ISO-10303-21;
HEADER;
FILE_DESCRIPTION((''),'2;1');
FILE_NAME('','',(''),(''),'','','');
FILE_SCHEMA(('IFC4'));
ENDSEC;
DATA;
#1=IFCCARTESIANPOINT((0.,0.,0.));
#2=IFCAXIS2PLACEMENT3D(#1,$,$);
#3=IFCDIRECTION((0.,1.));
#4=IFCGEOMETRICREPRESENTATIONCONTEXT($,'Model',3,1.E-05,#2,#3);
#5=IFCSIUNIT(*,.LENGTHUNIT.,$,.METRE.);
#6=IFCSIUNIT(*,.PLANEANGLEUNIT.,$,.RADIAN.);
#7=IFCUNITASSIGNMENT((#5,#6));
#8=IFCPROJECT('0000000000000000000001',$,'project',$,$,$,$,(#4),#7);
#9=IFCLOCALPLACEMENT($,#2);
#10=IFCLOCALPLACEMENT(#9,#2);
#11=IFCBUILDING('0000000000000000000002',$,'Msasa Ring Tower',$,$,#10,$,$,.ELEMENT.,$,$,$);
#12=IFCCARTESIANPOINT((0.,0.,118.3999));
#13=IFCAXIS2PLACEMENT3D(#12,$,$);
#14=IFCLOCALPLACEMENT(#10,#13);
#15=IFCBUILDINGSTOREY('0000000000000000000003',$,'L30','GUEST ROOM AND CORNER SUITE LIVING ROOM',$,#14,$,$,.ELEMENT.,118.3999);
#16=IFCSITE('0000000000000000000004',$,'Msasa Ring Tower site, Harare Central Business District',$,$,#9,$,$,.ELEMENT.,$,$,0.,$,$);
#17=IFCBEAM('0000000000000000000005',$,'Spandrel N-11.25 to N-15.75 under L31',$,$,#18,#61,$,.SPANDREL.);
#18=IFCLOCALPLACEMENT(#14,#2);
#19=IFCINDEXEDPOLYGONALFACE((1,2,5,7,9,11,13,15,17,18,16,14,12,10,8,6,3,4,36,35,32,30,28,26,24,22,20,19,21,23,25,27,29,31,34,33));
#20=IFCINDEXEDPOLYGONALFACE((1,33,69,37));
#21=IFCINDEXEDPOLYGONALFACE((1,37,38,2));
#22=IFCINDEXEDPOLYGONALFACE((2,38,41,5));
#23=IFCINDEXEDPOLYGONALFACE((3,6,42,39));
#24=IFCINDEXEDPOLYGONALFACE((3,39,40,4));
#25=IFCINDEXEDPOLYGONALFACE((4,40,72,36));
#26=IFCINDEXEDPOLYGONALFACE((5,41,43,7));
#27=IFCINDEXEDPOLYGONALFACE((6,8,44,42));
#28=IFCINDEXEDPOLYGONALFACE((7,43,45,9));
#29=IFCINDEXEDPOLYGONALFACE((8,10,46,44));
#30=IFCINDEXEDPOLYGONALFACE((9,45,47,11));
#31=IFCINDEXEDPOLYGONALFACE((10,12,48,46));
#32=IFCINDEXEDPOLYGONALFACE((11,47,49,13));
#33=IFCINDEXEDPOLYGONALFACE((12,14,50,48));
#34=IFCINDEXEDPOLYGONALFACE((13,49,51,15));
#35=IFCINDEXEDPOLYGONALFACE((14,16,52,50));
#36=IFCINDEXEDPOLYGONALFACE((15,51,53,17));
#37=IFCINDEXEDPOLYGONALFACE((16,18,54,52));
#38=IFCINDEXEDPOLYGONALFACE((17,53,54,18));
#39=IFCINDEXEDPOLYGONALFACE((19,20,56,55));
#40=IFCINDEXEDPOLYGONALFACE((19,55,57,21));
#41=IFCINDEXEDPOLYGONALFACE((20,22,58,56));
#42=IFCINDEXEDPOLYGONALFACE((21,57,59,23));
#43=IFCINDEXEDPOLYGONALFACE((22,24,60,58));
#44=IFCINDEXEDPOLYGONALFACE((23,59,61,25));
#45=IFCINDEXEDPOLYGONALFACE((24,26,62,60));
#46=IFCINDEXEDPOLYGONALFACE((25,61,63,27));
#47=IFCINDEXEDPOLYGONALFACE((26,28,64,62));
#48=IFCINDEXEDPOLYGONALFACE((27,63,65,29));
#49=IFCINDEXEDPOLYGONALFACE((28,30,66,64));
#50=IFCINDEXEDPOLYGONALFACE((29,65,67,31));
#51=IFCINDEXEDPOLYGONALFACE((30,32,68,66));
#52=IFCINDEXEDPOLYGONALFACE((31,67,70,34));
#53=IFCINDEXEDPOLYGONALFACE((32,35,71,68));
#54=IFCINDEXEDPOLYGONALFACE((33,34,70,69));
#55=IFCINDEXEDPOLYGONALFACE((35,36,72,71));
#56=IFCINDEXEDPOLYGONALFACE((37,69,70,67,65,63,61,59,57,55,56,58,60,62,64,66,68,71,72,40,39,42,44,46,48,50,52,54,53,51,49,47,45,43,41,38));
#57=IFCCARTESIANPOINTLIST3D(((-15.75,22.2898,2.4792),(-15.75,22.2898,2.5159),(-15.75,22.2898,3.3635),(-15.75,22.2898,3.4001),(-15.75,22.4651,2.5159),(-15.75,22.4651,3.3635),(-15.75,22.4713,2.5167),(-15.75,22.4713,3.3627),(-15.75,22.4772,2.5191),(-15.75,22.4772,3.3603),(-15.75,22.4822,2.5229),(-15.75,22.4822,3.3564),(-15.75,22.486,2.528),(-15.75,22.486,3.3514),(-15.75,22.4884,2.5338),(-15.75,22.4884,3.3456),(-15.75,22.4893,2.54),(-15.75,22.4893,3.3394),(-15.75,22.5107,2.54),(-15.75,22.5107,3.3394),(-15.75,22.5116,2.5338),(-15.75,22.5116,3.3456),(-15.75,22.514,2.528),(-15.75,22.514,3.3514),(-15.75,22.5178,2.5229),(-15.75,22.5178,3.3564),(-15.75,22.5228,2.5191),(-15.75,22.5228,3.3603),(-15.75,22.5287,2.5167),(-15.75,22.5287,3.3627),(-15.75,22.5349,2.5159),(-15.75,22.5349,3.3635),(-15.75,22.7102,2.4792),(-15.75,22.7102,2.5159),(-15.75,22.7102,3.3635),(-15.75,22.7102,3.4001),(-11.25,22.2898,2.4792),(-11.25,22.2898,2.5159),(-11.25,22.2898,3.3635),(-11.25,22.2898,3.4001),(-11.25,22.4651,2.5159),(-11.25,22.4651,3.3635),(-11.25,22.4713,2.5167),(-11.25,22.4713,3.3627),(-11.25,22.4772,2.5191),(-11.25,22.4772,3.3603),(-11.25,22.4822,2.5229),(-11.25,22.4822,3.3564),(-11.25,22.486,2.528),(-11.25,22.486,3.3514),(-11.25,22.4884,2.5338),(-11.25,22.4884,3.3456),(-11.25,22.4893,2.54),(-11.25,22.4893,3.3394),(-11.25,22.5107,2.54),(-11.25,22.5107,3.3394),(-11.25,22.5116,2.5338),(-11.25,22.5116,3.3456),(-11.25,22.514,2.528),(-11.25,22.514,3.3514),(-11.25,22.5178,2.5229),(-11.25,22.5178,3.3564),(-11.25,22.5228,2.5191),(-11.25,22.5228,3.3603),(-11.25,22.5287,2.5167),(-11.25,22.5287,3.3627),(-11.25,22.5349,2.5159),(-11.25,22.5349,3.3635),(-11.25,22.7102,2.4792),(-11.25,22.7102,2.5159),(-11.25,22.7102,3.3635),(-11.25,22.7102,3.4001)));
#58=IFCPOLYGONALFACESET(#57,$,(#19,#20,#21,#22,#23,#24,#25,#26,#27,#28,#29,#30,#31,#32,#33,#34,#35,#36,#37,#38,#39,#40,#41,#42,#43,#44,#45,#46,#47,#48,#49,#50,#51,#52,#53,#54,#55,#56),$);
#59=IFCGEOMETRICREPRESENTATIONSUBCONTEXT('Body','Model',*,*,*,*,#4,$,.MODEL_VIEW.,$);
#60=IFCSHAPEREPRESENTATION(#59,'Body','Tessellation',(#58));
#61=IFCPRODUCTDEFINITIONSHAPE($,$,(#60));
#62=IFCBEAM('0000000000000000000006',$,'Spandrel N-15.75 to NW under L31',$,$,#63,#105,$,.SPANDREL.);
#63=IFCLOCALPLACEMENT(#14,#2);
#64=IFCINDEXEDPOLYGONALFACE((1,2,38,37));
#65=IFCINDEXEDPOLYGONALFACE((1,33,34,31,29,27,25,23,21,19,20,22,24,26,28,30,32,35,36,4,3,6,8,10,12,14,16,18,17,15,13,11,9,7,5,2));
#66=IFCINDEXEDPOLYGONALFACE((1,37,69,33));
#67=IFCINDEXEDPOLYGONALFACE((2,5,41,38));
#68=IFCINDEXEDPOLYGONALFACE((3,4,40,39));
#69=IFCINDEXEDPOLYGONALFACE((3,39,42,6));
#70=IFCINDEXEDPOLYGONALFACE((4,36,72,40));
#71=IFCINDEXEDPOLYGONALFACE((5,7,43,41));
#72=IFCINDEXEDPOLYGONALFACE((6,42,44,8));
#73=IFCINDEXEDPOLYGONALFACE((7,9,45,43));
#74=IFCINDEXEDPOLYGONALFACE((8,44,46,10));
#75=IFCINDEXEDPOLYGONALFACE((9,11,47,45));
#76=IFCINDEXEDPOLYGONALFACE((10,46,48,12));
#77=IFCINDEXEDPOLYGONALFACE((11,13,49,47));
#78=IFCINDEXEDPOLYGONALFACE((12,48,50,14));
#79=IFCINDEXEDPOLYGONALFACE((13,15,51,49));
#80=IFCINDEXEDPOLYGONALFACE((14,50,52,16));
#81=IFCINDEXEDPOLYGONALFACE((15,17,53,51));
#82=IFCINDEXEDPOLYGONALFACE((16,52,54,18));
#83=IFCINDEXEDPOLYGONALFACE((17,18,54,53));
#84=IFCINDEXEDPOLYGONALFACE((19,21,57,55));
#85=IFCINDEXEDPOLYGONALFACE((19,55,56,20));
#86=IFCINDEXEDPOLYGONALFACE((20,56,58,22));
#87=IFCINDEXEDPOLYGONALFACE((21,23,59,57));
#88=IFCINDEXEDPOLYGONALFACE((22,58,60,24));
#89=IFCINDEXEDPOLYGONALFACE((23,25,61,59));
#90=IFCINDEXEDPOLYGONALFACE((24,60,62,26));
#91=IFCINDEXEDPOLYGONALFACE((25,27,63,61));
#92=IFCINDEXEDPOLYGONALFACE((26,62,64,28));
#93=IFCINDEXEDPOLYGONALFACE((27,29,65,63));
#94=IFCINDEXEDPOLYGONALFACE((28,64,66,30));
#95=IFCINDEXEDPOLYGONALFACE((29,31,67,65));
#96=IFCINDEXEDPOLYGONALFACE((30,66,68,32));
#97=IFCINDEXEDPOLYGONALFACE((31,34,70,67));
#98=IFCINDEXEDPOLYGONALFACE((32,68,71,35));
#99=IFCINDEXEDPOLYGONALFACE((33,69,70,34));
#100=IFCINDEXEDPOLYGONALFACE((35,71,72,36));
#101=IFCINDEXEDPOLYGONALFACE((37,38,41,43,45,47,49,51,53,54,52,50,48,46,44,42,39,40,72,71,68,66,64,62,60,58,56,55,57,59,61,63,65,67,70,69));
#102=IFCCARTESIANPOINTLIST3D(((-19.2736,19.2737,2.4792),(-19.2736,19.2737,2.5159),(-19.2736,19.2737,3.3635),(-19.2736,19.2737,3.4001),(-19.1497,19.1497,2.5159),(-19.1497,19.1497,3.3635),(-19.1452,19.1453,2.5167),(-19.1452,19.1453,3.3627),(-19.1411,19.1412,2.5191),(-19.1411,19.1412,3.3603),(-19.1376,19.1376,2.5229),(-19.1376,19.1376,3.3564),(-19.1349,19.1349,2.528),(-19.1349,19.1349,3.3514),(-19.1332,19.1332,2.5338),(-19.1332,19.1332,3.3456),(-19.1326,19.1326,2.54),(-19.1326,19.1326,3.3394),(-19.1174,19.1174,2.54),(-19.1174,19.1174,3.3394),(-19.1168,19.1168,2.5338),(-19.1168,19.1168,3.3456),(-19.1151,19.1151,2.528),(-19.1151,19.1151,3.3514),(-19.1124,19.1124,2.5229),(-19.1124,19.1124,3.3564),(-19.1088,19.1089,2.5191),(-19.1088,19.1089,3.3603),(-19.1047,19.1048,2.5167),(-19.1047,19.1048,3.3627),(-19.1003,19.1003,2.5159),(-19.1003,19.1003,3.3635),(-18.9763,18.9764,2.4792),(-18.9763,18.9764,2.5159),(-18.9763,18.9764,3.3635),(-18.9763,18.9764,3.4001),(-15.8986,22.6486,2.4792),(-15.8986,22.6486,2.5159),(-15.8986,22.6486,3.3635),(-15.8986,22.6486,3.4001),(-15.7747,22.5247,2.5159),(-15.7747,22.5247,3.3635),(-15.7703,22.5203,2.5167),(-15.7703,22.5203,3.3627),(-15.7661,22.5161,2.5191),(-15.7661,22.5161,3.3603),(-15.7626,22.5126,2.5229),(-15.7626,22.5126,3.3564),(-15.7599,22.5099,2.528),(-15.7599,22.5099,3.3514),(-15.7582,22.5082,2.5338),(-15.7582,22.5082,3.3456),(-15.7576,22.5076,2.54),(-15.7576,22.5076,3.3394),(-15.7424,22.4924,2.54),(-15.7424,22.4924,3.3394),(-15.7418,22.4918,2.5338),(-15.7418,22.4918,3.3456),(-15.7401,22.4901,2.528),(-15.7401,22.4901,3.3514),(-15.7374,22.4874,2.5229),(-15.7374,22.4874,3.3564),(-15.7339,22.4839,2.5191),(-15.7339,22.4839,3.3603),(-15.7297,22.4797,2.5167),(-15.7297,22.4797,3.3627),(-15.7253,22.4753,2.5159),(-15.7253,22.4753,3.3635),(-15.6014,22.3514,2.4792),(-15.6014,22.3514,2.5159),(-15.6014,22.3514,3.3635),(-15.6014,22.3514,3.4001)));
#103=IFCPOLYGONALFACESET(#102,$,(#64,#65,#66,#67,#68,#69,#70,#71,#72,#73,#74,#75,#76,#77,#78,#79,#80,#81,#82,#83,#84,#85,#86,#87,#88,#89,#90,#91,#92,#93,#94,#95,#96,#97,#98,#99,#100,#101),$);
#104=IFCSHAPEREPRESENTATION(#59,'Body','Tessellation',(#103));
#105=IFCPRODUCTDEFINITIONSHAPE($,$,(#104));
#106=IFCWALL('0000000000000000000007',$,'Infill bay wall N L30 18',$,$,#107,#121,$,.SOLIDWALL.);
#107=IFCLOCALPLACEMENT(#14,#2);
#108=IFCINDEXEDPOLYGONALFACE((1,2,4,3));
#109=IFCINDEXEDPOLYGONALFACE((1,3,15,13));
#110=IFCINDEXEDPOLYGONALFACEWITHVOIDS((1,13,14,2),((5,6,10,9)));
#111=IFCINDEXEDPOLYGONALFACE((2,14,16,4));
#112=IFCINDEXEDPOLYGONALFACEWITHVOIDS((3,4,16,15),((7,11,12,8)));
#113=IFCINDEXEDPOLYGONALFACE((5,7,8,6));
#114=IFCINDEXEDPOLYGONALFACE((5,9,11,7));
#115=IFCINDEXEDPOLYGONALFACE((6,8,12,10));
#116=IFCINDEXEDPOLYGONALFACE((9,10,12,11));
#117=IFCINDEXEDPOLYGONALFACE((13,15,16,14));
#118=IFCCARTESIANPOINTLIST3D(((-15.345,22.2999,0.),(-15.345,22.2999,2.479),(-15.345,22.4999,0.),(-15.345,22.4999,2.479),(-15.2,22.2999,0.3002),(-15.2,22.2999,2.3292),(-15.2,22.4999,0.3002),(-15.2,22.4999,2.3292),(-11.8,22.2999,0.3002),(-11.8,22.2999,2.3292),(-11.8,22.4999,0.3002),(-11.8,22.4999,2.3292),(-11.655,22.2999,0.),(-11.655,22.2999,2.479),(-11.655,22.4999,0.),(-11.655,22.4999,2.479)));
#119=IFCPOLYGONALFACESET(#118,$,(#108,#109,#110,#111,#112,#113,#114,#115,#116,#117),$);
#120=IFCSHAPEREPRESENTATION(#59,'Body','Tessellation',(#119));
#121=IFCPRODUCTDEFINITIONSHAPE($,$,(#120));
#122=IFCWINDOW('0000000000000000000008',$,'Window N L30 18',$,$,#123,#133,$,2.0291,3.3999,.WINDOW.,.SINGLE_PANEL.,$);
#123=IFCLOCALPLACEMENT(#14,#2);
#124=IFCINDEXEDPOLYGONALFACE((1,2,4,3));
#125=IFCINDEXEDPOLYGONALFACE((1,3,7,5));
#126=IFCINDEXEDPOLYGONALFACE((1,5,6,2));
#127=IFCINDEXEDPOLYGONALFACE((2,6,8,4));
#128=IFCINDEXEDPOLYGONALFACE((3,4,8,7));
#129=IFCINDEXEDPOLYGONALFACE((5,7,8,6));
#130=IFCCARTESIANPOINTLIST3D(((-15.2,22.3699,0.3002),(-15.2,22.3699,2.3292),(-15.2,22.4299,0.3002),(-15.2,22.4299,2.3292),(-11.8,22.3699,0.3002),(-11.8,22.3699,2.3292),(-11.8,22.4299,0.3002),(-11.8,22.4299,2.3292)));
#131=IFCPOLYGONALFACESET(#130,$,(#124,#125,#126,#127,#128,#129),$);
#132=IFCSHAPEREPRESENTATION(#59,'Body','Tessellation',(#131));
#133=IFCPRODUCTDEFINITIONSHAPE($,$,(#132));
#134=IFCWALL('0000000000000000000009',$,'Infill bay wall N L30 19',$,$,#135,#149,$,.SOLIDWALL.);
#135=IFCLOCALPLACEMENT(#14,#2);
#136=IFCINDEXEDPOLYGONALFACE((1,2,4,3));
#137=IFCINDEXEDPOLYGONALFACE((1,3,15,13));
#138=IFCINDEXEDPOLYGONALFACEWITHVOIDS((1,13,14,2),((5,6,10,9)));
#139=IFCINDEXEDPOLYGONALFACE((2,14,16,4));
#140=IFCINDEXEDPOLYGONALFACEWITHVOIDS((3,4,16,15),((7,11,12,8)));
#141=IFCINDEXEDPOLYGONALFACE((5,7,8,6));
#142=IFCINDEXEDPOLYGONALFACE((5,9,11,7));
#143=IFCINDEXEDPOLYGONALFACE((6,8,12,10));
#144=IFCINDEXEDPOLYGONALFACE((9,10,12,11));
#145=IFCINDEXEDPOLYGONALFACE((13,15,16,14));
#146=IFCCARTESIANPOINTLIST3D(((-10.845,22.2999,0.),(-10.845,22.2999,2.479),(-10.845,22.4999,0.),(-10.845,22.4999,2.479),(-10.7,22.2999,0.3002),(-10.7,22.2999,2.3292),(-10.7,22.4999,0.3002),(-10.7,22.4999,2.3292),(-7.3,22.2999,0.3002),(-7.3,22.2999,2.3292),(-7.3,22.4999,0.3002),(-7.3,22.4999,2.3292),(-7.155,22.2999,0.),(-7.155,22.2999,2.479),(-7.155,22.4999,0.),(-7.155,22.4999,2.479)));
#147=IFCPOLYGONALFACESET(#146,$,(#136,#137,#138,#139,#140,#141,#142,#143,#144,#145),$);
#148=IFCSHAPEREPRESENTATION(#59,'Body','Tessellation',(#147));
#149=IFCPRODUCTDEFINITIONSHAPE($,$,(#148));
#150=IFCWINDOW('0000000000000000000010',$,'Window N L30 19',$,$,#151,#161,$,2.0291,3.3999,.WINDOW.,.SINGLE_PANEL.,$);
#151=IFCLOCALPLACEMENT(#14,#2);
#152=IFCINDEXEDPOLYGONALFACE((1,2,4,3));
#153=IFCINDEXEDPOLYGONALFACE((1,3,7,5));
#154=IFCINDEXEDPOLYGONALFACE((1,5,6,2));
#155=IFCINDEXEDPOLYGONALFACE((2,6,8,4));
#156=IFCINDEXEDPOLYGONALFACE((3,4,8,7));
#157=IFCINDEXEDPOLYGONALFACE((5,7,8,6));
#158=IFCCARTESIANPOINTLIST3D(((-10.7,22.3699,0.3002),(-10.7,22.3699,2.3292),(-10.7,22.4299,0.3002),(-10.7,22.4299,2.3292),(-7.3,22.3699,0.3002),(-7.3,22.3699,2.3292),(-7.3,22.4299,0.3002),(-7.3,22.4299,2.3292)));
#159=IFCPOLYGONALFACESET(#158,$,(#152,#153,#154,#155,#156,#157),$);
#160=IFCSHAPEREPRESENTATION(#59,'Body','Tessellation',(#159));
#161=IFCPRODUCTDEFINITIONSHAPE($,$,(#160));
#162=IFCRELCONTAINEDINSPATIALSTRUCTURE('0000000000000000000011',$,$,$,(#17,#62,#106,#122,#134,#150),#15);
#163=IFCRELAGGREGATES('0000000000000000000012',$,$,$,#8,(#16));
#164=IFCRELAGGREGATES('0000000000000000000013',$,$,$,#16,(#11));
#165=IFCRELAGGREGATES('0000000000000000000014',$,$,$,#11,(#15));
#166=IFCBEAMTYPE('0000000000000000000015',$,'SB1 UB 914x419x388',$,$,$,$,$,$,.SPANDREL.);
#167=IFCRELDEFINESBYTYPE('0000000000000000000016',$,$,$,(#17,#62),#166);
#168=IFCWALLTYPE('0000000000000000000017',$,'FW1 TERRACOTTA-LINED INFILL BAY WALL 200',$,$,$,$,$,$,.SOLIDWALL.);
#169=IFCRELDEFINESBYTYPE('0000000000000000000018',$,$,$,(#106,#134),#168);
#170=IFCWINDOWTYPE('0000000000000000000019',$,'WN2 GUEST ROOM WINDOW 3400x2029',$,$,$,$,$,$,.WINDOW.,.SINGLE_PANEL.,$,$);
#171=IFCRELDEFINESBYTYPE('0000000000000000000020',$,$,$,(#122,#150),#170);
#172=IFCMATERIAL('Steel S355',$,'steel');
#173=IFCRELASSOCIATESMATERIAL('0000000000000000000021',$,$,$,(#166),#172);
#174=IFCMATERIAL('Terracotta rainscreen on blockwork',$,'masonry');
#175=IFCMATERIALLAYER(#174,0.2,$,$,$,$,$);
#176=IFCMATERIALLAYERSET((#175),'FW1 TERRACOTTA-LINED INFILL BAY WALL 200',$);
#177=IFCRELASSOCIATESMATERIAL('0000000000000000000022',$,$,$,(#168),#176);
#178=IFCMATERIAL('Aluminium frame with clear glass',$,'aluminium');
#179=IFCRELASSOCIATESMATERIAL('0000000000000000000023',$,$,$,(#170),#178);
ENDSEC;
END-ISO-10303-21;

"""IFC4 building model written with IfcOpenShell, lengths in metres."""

from ifc_helpers import new_model, si_unit, direction, frame, frame_2d, origin, origin_2d, place, context, subcontext, project, spatial, rectangle, i_section, extrude, material, layer, layer_set, material_profile, profile_set, type_object, element, fill, save


model = new_model("IFC4")

# Units and contexts
model_context = context("Model", 3, precision=1e-05, world=origin(), true_north=direction((0.0, 1.0)))
body_context = subcontext(model_context, "Body", "Model", "MODEL_VIEW")
ifc_project = project(units=[si_unit("LENGTHUNIT", "METRE"), si_unit("PLANEANGLEUNIT", "RADIAN")], contexts=[model_context])

# Site, building, storey
site_placement = place(None, origin())
site = spatial("IfcSite", under=ifc_project, at=site_placement, Name="Msasa Ring Tower site, Harare Central Business District", CompositionType="ELEMENT", RefElevation=0.0)
building_placement = place(site_placement, origin())
building = spatial("IfcBuilding", under=site, at=building_placement, Name="Msasa Ring Tower", CompositionType="ELEMENT")
storey_placement = place(building_placement, frame((0.0, 0.0, 118.3999)))
storey = spatial("IfcBuildingStorey", under=building, at=storey_placement, Name="L30", Description="GUEST ROOM AND CORNER SUITE LIVING ROOM", CompositionType="ELEMENT", Elevation=118.3999)

# Beams
ifc_material_1 = material(Name="Steel S355", Category="steel")
ifc_material_profile_1 = material_profile(ifc_material_1, i_section(OverallWidth=0.4204, OverallDepth=0.9209, WebThickness=0.0215, FlangeThickness=0.0366, FilletRadius=0.0242, at=origin_2d()), Name="UB 914x419x388")
ifc_profile_set_1 = profile_set([ifc_material_profile_1], Name="Steel S355")
beam_type_1 = type_object("IfcBeamType", Name="SB1 UB 914x419x388", PredefinedType="SPANDREL", material=ifc_profile_set_1)
for number, where, z_axis, x_axis, name in (
    (1, (-11.25, 22.5, 2.9397), (-1.0, 0.0, 0.0), (0.0, -1.0, 0.0), "Spandrel N-11.25 to N-15.75 under L31"),
):
    element("IfcBeam", number, at=place(storey_placement, frame(where, z_axis=z_axis, x_axis=x_axis)), inside=storey, type_object=beam_type_1, Name=name, PredefinedType="SPANDREL", context=body_context, shape_type="SweptSolid", body=[
        extrude(i_section(OverallWidth=0.4204, OverallDepth=0.9209, WebThickness=0.0215, FlangeThickness=0.0366, FilletRadius=0.0242, at=origin_2d()), origin(), (0.0, 0.0, 1.0), 4.5),
    ])
beam_placement = place(storey_placement, frame((-15.75, 22.5, 2.9397), z_axis=(-0.707107, -0.707107, 0.0), x_axis=(0.707107, -0.707107, 0.0)))
element("IfcBeam", 2, at=beam_placement, inside=storey, type_object=beam_type_1, Name="Spandrel N-15.75 to NW under L31", PredefinedType="SPANDREL", context=body_context, shape_type="SweptSolid", body=[
    extrude(i_section(OverallWidth=0.4204, OverallDepth=0.9209, WebThickness=0.0215, FlangeThickness=0.0366, FilletRadius=0.0242, at=origin_2d()), origin(), (0.0, 0.0, 1.0), 4.7729),
])

# Walls, openings, windows
ifc_material_2 = material(Name="Terracotta rainscreen on blockwork", Category="masonry")
ifc_layer_1 = layer(ifc_material_2, 0.2)
ifc_layer_set_1 = layer_set([ifc_layer_1], Name="FW1 TERRACOTTA-LINED INFILL BAY WALL 200")
wall_type_1 = type_object("IfcWallType", Name="FW1 TERRACOTTA-LINED INFILL BAY WALL 200", PredefinedType="SOLIDWALL", material=ifc_layer_set_1)
wall_1_placement = place(storey_placement, frame((-15.345, 22.3999, 0.0), z_axis=(0.0, 0.0, 1.0), x_axis=(1.0, 0.0, 0.0)))
wall_1 = element("IfcWall", 3, at=wall_1_placement, inside=storey, type_object=wall_type_1, Name="Infill bay wall N L30 18", PredefinedType="SOLIDWALL", context=body_context, shape_type="SweptSolid", body=[
    extrude(rectangle(XDim=3.6899, YDim=0.2, at=frame_2d((1.845, 0.0))), origin(), (0.0, 0.0, 1.0), 2.479),
])
opening_1_placement = place(wall_1_placement, frame((0.145, 0.0, 0.3)))
opening_1 = element("IfcOpeningElement", 4, at=opening_1_placement, cuts=wall_1, PredefinedType="OPENING", context=body_context, shape_type="SweptSolid", body=[
    extrude(rectangle(XDim=3.3999, YDim=2.0291, at=frame_2d((1.7, 1.0146))), frame((0.0, 0.1099, 0.0), z_axis=(0.0, -1.0, 0.0), x_axis=(1.0, 0.0, 0.0)), (0.0, 0.0, 1.0), 0.22),
])
ifc_material_3 = material(Name="Aluminium frame with clear glass", Category="aluminium")
window_type = type_object("IfcWindowType", Name="WN2 GUEST ROOM WINDOW 3400x2029", PartitioningType="SINGLE_PANEL", PredefinedType="WINDOW", material=ifc_material_3)
window_1_placement = place(opening_1_placement, origin())
window_1 = element("IfcWindow", 5, at=window_1_placement, inside=storey, type_object=window_type, Name="Window N L30 18", OverallHeight=2.0291, OverallWidth=3.3999, PartitioningType="SINGLE_PANEL", PredefinedType="WINDOW", context=body_context, shape_type="SweptSolid", body=[
    extrude(rectangle(XDim=3.3999, YDim=2.0291, at=frame_2d((1.7, 1.0146))), frame((0.0, 0.03, 0.0), z_axis=(0.0, -1.0, 0.0), x_axis=(1.0, 0.0, 0.0)), (0.0, 0.0, 1.0), 0.0601),
])
fill(opening_1, window_1)
wall_2_placement = place(storey_placement, frame((-10.845, 22.3999, 0.0), z_axis=(0.0, 0.0, 1.0), x_axis=(1.0, 0.0, 0.0)))
wall_2 = element("IfcWall", 6, at=wall_2_placement, inside=storey, type_object=wall_type_1, Name="Infill bay wall N L30 19", PredefinedType="SOLIDWALL", context=body_context, shape_type="SweptSolid", body=[
    extrude(rectangle(XDim=3.6899, YDim=0.2, at=frame_2d((1.845, 0.0))), origin(), (0.0, 0.0, 1.0), 2.479),
])
opening_2_placement = place(wall_2_placement, frame((0.145, 0.0, 0.3)))
opening_2 = element("IfcOpeningElement", 7, at=opening_2_placement, cuts=wall_2, PredefinedType="OPENING", context=body_context, shape_type="SweptSolid", body=[
    extrude(rectangle(XDim=3.3999, YDim=2.0291, at=frame_2d((1.7, 1.0146))), frame((0.0, 0.1099, 0.0), z_axis=(0.0, -1.0, 0.0), x_axis=(1.0, 0.0, 0.0)), (0.0, 0.0, 1.0), 0.22),
])
window_2_placement = place(opening_2_placement, origin())
window_2 = element("IfcWindow", 8, at=window_2_placement, inside=storey, type_object=window_type, Name="Window N L30 19", OverallHeight=2.0291, OverallWidth=3.3999, PartitioningType="SINGLE_PANEL", PredefinedType="WINDOW", context=body_context, shape_type="SweptSolid", body=[
    extrude(rectangle(XDim=3.3999, YDim=2.0291, at=frame_2d((1.7, 1.0146))), frame((0.0, 0.03, 0.0), z_axis=(0.0, -1.0, 0.0), x_axis=(1.0, 0.0, 0.0)), (0.0, 0.0, 1.0), 0.0601),
])
fill(opening_2, window_2)

save(model, "model.ifc")
